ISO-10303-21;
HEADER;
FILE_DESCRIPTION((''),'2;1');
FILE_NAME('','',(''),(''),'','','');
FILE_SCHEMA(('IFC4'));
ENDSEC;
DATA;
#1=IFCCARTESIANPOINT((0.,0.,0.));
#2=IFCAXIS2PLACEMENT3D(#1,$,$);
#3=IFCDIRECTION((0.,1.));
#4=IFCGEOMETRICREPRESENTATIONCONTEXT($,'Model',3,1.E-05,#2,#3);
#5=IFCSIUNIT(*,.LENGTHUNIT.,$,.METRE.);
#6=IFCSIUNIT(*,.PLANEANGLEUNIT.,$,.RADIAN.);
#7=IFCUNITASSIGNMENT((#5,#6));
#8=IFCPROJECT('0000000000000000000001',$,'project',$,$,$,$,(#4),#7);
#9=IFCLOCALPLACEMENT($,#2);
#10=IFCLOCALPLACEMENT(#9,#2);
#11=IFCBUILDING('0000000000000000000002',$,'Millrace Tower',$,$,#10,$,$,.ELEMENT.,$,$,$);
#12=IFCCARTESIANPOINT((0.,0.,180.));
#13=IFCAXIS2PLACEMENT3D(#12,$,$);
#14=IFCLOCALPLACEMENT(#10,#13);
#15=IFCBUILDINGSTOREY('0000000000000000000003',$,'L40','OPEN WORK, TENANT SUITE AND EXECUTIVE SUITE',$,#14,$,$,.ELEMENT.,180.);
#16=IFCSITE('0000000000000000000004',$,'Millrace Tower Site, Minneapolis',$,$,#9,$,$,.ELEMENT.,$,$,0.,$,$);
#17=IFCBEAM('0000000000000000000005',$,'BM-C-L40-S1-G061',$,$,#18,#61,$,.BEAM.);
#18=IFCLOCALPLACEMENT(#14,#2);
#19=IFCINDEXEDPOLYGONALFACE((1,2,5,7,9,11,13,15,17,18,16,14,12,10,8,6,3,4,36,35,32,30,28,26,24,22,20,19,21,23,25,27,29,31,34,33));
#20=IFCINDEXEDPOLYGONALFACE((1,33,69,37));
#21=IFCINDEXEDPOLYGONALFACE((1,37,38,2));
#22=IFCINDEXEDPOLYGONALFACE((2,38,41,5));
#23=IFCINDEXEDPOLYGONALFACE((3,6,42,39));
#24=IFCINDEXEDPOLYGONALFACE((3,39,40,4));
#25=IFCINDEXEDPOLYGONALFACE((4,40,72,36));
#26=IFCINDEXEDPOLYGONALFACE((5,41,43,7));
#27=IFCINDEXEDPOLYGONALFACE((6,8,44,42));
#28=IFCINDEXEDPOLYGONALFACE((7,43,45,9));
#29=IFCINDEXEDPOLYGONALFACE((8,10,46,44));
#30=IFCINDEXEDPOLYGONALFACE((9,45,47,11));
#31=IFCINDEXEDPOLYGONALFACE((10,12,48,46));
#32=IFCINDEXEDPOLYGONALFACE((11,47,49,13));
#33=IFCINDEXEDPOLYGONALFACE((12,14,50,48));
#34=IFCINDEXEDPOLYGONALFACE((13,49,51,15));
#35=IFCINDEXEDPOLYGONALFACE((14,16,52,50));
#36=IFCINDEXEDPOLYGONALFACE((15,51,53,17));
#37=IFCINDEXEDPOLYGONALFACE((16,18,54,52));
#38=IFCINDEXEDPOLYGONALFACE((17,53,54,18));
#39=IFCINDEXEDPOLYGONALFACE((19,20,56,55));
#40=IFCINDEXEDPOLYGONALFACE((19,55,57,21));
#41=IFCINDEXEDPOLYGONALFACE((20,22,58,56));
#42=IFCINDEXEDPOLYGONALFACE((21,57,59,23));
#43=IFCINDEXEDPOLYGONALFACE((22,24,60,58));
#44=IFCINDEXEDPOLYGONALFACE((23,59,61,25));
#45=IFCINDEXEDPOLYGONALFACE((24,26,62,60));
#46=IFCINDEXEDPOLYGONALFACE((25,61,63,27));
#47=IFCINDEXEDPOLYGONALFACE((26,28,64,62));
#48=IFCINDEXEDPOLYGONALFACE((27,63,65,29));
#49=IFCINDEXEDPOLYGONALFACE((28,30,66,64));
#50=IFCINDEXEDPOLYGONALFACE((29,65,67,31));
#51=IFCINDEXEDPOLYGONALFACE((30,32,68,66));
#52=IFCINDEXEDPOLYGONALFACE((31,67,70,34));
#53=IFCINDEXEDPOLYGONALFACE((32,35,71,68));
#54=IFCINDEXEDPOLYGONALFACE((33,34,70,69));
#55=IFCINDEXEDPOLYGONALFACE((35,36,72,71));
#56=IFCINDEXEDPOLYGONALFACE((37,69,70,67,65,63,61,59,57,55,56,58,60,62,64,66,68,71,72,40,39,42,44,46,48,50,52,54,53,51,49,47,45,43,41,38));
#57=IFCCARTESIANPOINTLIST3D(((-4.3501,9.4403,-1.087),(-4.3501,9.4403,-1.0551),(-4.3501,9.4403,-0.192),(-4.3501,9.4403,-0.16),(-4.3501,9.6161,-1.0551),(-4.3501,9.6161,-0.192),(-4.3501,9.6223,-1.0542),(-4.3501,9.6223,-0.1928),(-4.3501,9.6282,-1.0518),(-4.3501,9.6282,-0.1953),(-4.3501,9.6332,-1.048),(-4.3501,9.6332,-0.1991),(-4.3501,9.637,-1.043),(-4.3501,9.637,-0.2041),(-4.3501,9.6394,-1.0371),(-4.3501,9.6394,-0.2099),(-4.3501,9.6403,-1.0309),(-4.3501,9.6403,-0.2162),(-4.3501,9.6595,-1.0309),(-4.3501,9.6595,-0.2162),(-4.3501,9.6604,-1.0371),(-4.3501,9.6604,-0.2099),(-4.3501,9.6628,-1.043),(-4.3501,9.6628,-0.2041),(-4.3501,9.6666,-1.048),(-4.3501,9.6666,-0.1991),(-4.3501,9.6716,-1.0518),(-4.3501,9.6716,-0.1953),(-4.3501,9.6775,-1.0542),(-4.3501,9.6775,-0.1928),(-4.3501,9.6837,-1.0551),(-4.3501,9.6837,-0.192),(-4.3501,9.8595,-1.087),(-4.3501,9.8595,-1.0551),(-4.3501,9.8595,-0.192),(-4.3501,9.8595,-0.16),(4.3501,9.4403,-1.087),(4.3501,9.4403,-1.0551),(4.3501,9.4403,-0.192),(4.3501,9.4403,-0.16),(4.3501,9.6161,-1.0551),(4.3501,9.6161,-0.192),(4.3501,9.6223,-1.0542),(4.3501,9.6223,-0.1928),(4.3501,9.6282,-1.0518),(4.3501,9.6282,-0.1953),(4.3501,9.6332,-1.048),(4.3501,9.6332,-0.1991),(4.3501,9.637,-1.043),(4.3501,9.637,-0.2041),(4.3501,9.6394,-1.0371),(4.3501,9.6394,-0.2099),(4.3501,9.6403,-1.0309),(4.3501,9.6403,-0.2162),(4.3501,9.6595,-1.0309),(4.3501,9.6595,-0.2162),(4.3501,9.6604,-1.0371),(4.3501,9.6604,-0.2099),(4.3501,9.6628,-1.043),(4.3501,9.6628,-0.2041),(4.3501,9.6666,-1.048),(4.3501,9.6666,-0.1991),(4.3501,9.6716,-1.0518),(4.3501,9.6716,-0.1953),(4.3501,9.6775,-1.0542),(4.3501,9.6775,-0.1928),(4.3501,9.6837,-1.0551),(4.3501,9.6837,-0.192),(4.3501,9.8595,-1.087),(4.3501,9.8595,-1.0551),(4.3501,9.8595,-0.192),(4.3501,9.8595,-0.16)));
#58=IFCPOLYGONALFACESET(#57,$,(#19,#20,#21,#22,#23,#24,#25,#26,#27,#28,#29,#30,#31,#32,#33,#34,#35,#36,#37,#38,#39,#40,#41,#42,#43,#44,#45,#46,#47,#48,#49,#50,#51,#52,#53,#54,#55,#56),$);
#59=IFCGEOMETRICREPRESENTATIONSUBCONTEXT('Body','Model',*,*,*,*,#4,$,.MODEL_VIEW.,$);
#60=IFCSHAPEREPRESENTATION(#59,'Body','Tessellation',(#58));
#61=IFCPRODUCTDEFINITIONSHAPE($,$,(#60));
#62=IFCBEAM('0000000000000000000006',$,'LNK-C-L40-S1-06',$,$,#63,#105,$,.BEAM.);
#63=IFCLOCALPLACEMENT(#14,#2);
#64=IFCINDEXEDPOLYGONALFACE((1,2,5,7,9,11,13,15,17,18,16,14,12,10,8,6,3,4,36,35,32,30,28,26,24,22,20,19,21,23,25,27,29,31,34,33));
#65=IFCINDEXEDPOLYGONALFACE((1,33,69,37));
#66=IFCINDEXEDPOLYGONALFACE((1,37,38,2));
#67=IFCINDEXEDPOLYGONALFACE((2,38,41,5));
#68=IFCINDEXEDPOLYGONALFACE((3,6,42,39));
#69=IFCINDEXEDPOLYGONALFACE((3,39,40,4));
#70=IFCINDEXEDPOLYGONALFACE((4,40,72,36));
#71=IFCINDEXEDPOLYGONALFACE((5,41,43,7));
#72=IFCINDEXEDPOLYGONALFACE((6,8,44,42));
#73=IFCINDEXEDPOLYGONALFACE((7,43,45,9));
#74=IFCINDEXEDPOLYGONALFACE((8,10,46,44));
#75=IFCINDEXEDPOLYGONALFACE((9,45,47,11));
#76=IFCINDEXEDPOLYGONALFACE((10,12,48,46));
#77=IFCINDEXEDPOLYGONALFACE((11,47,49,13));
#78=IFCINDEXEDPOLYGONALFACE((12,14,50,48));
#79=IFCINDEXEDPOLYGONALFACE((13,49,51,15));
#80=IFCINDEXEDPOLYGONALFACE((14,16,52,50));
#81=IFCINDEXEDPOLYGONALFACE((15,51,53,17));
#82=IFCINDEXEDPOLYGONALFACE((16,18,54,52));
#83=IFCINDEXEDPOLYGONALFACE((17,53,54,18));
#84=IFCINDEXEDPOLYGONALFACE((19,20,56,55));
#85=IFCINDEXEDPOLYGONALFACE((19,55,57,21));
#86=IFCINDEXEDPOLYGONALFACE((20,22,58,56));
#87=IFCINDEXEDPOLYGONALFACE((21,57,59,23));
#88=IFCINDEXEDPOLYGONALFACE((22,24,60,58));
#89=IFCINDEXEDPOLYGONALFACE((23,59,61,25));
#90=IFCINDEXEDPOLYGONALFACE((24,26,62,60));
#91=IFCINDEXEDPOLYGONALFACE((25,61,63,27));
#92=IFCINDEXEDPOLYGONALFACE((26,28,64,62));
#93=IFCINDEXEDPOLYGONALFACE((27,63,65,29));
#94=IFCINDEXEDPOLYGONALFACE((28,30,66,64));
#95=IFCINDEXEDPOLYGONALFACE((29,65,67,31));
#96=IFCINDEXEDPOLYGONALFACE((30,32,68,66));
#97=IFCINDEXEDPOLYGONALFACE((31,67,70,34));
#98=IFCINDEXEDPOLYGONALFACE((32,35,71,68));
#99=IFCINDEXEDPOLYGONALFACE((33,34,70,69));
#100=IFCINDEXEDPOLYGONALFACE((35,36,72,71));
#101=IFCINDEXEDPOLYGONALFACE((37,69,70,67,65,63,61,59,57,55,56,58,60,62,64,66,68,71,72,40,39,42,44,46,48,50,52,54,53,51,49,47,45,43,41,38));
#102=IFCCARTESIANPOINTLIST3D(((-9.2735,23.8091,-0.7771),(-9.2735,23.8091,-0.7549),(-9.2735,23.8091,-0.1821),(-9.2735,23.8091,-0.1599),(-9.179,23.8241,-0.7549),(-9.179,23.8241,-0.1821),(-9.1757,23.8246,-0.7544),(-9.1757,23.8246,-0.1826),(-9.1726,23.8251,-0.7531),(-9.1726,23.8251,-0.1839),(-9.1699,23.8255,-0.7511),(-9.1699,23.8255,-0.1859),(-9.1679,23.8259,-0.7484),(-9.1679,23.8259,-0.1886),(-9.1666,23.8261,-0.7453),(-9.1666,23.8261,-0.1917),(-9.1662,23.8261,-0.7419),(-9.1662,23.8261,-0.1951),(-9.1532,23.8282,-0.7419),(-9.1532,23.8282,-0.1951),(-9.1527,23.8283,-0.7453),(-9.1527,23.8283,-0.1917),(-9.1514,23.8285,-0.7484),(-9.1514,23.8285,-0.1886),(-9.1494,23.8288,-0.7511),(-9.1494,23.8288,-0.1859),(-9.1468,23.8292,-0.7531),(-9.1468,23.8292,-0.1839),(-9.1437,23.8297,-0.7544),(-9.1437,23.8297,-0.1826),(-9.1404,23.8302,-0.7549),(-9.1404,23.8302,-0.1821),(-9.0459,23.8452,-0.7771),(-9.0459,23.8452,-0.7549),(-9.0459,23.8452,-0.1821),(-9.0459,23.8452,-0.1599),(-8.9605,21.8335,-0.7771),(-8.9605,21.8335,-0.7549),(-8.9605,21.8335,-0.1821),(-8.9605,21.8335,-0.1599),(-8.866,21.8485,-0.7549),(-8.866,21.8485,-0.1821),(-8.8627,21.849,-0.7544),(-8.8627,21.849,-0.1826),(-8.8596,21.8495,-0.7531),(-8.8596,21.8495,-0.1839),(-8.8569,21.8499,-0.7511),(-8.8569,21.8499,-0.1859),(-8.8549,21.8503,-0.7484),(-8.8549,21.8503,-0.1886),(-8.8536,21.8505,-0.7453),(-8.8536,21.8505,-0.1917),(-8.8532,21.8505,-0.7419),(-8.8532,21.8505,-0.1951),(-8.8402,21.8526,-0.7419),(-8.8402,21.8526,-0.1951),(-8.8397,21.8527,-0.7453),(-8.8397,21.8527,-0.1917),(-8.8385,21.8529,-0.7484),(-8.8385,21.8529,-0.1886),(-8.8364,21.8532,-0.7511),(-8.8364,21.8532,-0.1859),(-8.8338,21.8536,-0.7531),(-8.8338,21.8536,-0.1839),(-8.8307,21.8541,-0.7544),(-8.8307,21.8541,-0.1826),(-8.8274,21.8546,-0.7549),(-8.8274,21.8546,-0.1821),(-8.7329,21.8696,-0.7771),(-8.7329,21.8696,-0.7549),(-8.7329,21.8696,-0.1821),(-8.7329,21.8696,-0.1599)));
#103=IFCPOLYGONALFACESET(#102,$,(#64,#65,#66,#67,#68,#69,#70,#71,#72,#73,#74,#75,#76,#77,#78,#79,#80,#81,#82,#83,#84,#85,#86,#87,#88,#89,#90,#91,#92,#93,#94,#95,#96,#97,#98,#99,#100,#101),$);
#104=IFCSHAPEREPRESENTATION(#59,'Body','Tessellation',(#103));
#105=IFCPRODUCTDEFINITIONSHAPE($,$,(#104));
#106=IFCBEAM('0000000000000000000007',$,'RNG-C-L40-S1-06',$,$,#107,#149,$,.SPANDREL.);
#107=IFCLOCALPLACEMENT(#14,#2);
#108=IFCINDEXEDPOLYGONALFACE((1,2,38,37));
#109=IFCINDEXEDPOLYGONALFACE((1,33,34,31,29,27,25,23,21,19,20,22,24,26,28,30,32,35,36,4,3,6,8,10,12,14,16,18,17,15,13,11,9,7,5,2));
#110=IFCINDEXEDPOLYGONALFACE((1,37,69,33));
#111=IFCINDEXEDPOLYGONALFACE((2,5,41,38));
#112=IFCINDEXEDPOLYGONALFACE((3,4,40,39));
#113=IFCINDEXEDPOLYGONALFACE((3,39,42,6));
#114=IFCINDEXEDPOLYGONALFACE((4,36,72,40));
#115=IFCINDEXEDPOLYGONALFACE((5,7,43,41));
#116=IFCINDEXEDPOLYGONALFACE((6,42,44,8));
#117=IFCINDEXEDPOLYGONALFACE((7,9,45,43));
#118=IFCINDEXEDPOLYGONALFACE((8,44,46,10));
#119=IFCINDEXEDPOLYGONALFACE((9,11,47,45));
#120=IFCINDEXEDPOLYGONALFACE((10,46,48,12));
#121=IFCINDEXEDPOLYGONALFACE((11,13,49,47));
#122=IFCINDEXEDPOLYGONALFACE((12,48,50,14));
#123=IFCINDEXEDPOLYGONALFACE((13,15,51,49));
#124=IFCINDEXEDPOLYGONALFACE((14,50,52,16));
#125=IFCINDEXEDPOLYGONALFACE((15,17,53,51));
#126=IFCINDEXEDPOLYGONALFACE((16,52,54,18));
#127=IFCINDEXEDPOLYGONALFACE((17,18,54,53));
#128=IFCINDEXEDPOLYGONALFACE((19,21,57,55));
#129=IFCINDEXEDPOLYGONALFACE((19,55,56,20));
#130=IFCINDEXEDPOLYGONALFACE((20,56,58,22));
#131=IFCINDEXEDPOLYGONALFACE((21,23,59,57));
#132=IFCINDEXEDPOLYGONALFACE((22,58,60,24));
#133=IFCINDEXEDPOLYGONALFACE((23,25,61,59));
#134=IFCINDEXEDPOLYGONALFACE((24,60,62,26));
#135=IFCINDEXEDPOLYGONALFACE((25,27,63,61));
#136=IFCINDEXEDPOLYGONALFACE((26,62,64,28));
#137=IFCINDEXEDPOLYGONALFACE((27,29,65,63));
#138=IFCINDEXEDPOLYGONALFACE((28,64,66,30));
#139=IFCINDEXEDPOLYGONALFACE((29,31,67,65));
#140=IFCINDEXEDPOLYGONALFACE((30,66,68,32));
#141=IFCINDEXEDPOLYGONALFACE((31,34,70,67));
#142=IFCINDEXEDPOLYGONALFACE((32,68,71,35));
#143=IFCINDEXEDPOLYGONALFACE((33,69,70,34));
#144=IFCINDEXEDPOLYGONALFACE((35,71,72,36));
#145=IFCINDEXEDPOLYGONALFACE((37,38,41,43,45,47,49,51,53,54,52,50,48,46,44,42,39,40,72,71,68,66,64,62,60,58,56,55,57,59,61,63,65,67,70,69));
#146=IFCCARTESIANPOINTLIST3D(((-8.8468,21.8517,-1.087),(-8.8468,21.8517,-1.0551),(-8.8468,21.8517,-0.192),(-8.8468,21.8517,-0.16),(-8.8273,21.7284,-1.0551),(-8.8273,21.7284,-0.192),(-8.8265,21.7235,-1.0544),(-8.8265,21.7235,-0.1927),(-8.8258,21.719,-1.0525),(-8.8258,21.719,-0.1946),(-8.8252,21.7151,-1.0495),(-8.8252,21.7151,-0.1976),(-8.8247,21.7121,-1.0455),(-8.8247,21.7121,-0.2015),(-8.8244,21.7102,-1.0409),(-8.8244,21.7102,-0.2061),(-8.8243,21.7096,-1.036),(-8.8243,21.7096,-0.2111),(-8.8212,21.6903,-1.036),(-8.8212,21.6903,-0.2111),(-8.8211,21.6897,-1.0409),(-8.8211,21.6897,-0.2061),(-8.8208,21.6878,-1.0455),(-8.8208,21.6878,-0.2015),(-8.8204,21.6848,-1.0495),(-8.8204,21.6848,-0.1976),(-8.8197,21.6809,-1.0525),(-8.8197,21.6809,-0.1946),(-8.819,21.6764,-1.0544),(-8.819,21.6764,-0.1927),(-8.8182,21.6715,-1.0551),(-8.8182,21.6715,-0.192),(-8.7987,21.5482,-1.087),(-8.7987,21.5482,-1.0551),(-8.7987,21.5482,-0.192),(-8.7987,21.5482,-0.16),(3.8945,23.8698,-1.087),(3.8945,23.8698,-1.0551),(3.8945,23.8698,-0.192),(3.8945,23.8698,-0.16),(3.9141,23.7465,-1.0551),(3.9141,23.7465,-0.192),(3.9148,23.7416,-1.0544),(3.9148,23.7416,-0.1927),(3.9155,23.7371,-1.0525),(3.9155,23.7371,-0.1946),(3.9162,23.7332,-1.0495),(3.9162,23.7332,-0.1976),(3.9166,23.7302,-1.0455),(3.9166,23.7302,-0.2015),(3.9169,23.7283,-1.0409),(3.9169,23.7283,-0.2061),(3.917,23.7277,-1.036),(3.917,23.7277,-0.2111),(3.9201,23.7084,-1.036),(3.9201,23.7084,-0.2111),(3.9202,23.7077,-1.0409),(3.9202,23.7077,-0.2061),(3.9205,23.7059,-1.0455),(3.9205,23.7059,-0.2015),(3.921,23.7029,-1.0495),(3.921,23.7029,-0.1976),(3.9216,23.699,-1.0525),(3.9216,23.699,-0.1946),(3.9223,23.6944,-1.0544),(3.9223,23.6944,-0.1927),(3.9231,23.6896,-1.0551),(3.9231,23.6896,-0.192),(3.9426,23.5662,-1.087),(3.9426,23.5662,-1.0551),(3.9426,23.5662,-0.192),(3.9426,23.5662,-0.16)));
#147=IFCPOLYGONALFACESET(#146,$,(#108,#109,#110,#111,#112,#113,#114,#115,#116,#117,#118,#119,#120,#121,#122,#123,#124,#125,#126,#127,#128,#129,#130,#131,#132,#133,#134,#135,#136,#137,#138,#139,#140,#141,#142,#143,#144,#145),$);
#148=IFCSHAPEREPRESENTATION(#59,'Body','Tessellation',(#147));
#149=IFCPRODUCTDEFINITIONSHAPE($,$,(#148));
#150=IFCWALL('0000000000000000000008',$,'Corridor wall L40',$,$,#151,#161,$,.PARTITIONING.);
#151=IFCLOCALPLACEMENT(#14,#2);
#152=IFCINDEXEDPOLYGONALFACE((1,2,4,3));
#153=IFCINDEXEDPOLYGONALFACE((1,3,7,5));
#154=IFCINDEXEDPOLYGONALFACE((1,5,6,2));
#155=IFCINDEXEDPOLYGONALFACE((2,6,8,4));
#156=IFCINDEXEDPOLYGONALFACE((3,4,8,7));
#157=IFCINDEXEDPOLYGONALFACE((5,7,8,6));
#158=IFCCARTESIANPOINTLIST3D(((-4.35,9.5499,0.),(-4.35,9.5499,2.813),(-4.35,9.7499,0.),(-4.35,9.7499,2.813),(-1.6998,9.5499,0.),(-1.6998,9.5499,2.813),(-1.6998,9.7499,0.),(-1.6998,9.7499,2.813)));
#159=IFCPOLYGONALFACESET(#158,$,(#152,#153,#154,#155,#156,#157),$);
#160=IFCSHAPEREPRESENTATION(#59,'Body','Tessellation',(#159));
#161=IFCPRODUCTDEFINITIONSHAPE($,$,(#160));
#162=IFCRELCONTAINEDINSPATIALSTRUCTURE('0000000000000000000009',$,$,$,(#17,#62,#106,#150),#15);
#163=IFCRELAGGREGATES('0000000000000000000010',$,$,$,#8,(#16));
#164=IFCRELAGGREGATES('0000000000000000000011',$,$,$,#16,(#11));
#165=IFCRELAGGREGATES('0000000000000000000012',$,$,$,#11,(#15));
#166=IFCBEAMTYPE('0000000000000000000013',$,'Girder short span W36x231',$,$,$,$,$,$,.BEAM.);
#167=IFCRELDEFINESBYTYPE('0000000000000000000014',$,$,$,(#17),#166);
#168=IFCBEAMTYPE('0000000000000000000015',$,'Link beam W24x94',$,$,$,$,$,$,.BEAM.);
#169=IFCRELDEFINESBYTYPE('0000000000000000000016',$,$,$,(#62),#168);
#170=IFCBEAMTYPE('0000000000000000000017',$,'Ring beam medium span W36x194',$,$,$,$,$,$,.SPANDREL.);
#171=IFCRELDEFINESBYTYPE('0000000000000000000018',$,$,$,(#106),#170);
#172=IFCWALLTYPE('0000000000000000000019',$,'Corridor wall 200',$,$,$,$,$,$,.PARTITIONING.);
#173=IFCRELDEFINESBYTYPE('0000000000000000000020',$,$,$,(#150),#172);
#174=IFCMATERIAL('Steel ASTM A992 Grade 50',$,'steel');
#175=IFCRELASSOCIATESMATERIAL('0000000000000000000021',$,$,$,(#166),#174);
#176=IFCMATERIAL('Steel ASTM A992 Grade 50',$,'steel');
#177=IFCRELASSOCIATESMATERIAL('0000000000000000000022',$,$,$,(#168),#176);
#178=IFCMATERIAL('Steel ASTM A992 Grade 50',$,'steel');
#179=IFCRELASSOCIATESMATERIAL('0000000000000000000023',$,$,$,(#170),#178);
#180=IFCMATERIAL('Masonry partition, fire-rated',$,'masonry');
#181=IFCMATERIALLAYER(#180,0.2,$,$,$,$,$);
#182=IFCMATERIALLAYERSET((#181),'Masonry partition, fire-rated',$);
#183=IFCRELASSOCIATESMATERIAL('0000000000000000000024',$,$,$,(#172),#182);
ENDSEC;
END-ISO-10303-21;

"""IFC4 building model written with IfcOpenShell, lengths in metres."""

from ifc_helpers import new_model, si_unit, direction, frame, frame_2d, origin, origin_2d, place, context, subcontext, project, spatial, rectangle, i_section, extrude, material, layer, layer_set, material_profile, profile_set, type_object, element, save


model = new_model("IFC4")

# Units and contexts
model_context = context("Model", 3, precision=1e-05, world=origin(), true_north=direction((0.0, 1.0)))
body_context = subcontext(model_context, "Body", "Model", "MODEL_VIEW")
ifc_project = project(units=[si_unit("LENGTHUNIT", "METRE"), si_unit("PLANEANGLEUNIT", "RADIAN")], contexts=[model_context])

# Site, building, storey
site_placement = place(None, origin())
site = spatial("IfcSite", under=ifc_project, at=site_placement, Name="Millrace Tower Site, Minneapolis", CompositionType="ELEMENT", RefElevation=0.0)
building_placement = place(site_placement, origin())
building = spatial("IfcBuilding", under=site, at=building_placement, Name="Millrace Tower", CompositionType="ELEMENT")
storey_placement = place(building_placement, frame((0.0, 0.0, 180.0)))
storey = spatial("IfcBuildingStorey", under=building, at=storey_placement, Name="L40", Description="OPEN WORK, TENANT SUITE AND EXECUTIVE SUITE", CompositionType="ELEMENT", Elevation=180.0)

# Beams
ifc_material_1 = material(Name="Steel ASTM A992 Grade 50", Category="steel")
ifc_material_profile_1 = material_profile(ifc_material_1, i_section(OverallWidth=0.4192, OverallDepth=0.927, WebThickness=0.0193, FlangeThickness=0.032, FilletRadius=0.0242, at=origin_2d()))
ifc_profile_set_1 = profile_set([ifc_material_profile_1], Name="Steel ASTM A992 Grade 50")
beam_type_1 = type_object("IfcBeamType", Name="Girder short span W36x231", PredefinedType="BEAM", material=ifc_profile_set_1)
beam_1_placement = place(storey_placement, frame((-4.3501, 9.6499, -0.6235), z_axis=(1.0, 0.0, 0.0), x_axis=(0.0, 1.0, 0.0)))
element("IfcBeam", 1, at=beam_1_placement, inside=storey, type_object=beam_type_1, Name="BM-C-L40-S1-G061", PredefinedType="BEAM", context=body_context, shape_type="SweptSolid", body=[
    extrude(i_section(OverallWidth=0.4192, OverallDepth=0.927, WebThickness=0.0193, FlangeThickness=0.032, FilletRadius=0.0242, at=origin_2d()), origin(), (0.0, 0.0, 1.0), 8.7002),
])
ifc_material_2 = material(Name="Steel ASTM A992 Grade 50", Category="steel")
ifc_material_profile_2 = material_profile(ifc_material_2, i_section(OverallWidth=0.2305, OverallDepth=0.6172, WebThickness=0.0132, FlangeThickness=0.0222, FilletRadius=0.0129, at=origin_2d()))
ifc_profile_set_2 = profile_set([ifc_material_profile_2], Name="Steel ASTM A992 Grade 50")
beam_type_2 = type_object("IfcBeamType", Name="Link beam W24x94", PredefinedType="BEAM", material=ifc_profile_set_2)
beam_2_placement = place(storey_placement, frame((-8.8467, 21.8516, -0.4685), z_axis=(-0.156477, 0.987682, 0.0), x_axis=(-0.987682, -0.156477, 0.0)))
element("IfcBeam", 2, at=beam_2_placement, inside=storey, type_object=beam_type_2, Name="LNK-C-L40-S1-06", PredefinedType="BEAM", context=body_context, shape_type="SweptSolid", body=[
    extrude(i_section(OverallWidth=0.2305, OverallDepth=0.6172, WebThickness=0.0132, FlangeThickness=0.0222, FilletRadius=0.0129, at=origin_2d()), origin(), (0.0, 0.0, 1.0), 2.0002),
])
ifc_material_3 = material(Name="Steel ASTM A992 Grade 50", Category="steel")
ifc_material_profile_3 = material_profile(ifc_material_3, i_section(OverallWidth=0.3074, OverallDepth=0.927, WebThickness=0.0195, FlangeThickness=0.032, FilletRadius=0.019, at=origin_2d()))
ifc_profile_set_3 = profile_set([ifc_material_profile_3], Name="Steel ASTM A992 Grade 50")
beam_type_3 = type_object("IfcBeamType", Name="Ring beam medium span W36x194", PredefinedType="SPANDREL", material=ifc_profile_set_3)
beam_3_placement = place(storey_placement, frame((-8.8228, 21.7, -0.6235), z_axis=(0.987688, 0.156439, 0.0), x_axis=(-0.156439, 0.987688, 0.0)))
element("IfcBeam", 3, at=beam_3_placement, inside=storey, type_object=beam_type_3, Name="RNG-C-L40-S1-06", PredefinedType="SPANDREL", context=body_context, shape_type="SweptSolid", body=[
    extrude(i_section(OverallWidth=0.3074, OverallDepth=0.927, WebThickness=0.0195, FlangeThickness=0.032, FilletRadius=0.019, at=origin_2d()), origin(), (0.0, 0.0, 1.0), 12.9001),
])

# Wall
ifc_material_4 = material(Name="Masonry partition, fire-rated", Category="masonry")
ifc_layer_1 = layer(ifc_material_4, 0.2)
ifc_layer_set_1 = layer_set([ifc_layer_1], Name="Masonry partition, fire-rated")
wall_type_1 = type_object("IfcWallType", Name="Corridor wall 200", PredefinedType="PARTITIONING", material=ifc_layer_set_1)
wall_1_placement = place(storey_placement, frame((-4.3501, 9.6499, 0.0), z_axis=(0.0, 0.0, 1.0), x_axis=(1.0, 0.0, 0.0)))
element("IfcWall", 4, at=wall_1_placement, inside=storey, type_object=wall_type_1, Name="Corridor wall L40", PredefinedType="PARTITIONING", context=body_context, shape_type="SweptSolid", body=[
    extrude(rectangle(XDim=2.6501, YDim=0.2, at=frame_2d((1.3252, 0.0))), origin(), (0.0, 0.0, 1.0), 2.813),
])

save(model, "model.ifc")
